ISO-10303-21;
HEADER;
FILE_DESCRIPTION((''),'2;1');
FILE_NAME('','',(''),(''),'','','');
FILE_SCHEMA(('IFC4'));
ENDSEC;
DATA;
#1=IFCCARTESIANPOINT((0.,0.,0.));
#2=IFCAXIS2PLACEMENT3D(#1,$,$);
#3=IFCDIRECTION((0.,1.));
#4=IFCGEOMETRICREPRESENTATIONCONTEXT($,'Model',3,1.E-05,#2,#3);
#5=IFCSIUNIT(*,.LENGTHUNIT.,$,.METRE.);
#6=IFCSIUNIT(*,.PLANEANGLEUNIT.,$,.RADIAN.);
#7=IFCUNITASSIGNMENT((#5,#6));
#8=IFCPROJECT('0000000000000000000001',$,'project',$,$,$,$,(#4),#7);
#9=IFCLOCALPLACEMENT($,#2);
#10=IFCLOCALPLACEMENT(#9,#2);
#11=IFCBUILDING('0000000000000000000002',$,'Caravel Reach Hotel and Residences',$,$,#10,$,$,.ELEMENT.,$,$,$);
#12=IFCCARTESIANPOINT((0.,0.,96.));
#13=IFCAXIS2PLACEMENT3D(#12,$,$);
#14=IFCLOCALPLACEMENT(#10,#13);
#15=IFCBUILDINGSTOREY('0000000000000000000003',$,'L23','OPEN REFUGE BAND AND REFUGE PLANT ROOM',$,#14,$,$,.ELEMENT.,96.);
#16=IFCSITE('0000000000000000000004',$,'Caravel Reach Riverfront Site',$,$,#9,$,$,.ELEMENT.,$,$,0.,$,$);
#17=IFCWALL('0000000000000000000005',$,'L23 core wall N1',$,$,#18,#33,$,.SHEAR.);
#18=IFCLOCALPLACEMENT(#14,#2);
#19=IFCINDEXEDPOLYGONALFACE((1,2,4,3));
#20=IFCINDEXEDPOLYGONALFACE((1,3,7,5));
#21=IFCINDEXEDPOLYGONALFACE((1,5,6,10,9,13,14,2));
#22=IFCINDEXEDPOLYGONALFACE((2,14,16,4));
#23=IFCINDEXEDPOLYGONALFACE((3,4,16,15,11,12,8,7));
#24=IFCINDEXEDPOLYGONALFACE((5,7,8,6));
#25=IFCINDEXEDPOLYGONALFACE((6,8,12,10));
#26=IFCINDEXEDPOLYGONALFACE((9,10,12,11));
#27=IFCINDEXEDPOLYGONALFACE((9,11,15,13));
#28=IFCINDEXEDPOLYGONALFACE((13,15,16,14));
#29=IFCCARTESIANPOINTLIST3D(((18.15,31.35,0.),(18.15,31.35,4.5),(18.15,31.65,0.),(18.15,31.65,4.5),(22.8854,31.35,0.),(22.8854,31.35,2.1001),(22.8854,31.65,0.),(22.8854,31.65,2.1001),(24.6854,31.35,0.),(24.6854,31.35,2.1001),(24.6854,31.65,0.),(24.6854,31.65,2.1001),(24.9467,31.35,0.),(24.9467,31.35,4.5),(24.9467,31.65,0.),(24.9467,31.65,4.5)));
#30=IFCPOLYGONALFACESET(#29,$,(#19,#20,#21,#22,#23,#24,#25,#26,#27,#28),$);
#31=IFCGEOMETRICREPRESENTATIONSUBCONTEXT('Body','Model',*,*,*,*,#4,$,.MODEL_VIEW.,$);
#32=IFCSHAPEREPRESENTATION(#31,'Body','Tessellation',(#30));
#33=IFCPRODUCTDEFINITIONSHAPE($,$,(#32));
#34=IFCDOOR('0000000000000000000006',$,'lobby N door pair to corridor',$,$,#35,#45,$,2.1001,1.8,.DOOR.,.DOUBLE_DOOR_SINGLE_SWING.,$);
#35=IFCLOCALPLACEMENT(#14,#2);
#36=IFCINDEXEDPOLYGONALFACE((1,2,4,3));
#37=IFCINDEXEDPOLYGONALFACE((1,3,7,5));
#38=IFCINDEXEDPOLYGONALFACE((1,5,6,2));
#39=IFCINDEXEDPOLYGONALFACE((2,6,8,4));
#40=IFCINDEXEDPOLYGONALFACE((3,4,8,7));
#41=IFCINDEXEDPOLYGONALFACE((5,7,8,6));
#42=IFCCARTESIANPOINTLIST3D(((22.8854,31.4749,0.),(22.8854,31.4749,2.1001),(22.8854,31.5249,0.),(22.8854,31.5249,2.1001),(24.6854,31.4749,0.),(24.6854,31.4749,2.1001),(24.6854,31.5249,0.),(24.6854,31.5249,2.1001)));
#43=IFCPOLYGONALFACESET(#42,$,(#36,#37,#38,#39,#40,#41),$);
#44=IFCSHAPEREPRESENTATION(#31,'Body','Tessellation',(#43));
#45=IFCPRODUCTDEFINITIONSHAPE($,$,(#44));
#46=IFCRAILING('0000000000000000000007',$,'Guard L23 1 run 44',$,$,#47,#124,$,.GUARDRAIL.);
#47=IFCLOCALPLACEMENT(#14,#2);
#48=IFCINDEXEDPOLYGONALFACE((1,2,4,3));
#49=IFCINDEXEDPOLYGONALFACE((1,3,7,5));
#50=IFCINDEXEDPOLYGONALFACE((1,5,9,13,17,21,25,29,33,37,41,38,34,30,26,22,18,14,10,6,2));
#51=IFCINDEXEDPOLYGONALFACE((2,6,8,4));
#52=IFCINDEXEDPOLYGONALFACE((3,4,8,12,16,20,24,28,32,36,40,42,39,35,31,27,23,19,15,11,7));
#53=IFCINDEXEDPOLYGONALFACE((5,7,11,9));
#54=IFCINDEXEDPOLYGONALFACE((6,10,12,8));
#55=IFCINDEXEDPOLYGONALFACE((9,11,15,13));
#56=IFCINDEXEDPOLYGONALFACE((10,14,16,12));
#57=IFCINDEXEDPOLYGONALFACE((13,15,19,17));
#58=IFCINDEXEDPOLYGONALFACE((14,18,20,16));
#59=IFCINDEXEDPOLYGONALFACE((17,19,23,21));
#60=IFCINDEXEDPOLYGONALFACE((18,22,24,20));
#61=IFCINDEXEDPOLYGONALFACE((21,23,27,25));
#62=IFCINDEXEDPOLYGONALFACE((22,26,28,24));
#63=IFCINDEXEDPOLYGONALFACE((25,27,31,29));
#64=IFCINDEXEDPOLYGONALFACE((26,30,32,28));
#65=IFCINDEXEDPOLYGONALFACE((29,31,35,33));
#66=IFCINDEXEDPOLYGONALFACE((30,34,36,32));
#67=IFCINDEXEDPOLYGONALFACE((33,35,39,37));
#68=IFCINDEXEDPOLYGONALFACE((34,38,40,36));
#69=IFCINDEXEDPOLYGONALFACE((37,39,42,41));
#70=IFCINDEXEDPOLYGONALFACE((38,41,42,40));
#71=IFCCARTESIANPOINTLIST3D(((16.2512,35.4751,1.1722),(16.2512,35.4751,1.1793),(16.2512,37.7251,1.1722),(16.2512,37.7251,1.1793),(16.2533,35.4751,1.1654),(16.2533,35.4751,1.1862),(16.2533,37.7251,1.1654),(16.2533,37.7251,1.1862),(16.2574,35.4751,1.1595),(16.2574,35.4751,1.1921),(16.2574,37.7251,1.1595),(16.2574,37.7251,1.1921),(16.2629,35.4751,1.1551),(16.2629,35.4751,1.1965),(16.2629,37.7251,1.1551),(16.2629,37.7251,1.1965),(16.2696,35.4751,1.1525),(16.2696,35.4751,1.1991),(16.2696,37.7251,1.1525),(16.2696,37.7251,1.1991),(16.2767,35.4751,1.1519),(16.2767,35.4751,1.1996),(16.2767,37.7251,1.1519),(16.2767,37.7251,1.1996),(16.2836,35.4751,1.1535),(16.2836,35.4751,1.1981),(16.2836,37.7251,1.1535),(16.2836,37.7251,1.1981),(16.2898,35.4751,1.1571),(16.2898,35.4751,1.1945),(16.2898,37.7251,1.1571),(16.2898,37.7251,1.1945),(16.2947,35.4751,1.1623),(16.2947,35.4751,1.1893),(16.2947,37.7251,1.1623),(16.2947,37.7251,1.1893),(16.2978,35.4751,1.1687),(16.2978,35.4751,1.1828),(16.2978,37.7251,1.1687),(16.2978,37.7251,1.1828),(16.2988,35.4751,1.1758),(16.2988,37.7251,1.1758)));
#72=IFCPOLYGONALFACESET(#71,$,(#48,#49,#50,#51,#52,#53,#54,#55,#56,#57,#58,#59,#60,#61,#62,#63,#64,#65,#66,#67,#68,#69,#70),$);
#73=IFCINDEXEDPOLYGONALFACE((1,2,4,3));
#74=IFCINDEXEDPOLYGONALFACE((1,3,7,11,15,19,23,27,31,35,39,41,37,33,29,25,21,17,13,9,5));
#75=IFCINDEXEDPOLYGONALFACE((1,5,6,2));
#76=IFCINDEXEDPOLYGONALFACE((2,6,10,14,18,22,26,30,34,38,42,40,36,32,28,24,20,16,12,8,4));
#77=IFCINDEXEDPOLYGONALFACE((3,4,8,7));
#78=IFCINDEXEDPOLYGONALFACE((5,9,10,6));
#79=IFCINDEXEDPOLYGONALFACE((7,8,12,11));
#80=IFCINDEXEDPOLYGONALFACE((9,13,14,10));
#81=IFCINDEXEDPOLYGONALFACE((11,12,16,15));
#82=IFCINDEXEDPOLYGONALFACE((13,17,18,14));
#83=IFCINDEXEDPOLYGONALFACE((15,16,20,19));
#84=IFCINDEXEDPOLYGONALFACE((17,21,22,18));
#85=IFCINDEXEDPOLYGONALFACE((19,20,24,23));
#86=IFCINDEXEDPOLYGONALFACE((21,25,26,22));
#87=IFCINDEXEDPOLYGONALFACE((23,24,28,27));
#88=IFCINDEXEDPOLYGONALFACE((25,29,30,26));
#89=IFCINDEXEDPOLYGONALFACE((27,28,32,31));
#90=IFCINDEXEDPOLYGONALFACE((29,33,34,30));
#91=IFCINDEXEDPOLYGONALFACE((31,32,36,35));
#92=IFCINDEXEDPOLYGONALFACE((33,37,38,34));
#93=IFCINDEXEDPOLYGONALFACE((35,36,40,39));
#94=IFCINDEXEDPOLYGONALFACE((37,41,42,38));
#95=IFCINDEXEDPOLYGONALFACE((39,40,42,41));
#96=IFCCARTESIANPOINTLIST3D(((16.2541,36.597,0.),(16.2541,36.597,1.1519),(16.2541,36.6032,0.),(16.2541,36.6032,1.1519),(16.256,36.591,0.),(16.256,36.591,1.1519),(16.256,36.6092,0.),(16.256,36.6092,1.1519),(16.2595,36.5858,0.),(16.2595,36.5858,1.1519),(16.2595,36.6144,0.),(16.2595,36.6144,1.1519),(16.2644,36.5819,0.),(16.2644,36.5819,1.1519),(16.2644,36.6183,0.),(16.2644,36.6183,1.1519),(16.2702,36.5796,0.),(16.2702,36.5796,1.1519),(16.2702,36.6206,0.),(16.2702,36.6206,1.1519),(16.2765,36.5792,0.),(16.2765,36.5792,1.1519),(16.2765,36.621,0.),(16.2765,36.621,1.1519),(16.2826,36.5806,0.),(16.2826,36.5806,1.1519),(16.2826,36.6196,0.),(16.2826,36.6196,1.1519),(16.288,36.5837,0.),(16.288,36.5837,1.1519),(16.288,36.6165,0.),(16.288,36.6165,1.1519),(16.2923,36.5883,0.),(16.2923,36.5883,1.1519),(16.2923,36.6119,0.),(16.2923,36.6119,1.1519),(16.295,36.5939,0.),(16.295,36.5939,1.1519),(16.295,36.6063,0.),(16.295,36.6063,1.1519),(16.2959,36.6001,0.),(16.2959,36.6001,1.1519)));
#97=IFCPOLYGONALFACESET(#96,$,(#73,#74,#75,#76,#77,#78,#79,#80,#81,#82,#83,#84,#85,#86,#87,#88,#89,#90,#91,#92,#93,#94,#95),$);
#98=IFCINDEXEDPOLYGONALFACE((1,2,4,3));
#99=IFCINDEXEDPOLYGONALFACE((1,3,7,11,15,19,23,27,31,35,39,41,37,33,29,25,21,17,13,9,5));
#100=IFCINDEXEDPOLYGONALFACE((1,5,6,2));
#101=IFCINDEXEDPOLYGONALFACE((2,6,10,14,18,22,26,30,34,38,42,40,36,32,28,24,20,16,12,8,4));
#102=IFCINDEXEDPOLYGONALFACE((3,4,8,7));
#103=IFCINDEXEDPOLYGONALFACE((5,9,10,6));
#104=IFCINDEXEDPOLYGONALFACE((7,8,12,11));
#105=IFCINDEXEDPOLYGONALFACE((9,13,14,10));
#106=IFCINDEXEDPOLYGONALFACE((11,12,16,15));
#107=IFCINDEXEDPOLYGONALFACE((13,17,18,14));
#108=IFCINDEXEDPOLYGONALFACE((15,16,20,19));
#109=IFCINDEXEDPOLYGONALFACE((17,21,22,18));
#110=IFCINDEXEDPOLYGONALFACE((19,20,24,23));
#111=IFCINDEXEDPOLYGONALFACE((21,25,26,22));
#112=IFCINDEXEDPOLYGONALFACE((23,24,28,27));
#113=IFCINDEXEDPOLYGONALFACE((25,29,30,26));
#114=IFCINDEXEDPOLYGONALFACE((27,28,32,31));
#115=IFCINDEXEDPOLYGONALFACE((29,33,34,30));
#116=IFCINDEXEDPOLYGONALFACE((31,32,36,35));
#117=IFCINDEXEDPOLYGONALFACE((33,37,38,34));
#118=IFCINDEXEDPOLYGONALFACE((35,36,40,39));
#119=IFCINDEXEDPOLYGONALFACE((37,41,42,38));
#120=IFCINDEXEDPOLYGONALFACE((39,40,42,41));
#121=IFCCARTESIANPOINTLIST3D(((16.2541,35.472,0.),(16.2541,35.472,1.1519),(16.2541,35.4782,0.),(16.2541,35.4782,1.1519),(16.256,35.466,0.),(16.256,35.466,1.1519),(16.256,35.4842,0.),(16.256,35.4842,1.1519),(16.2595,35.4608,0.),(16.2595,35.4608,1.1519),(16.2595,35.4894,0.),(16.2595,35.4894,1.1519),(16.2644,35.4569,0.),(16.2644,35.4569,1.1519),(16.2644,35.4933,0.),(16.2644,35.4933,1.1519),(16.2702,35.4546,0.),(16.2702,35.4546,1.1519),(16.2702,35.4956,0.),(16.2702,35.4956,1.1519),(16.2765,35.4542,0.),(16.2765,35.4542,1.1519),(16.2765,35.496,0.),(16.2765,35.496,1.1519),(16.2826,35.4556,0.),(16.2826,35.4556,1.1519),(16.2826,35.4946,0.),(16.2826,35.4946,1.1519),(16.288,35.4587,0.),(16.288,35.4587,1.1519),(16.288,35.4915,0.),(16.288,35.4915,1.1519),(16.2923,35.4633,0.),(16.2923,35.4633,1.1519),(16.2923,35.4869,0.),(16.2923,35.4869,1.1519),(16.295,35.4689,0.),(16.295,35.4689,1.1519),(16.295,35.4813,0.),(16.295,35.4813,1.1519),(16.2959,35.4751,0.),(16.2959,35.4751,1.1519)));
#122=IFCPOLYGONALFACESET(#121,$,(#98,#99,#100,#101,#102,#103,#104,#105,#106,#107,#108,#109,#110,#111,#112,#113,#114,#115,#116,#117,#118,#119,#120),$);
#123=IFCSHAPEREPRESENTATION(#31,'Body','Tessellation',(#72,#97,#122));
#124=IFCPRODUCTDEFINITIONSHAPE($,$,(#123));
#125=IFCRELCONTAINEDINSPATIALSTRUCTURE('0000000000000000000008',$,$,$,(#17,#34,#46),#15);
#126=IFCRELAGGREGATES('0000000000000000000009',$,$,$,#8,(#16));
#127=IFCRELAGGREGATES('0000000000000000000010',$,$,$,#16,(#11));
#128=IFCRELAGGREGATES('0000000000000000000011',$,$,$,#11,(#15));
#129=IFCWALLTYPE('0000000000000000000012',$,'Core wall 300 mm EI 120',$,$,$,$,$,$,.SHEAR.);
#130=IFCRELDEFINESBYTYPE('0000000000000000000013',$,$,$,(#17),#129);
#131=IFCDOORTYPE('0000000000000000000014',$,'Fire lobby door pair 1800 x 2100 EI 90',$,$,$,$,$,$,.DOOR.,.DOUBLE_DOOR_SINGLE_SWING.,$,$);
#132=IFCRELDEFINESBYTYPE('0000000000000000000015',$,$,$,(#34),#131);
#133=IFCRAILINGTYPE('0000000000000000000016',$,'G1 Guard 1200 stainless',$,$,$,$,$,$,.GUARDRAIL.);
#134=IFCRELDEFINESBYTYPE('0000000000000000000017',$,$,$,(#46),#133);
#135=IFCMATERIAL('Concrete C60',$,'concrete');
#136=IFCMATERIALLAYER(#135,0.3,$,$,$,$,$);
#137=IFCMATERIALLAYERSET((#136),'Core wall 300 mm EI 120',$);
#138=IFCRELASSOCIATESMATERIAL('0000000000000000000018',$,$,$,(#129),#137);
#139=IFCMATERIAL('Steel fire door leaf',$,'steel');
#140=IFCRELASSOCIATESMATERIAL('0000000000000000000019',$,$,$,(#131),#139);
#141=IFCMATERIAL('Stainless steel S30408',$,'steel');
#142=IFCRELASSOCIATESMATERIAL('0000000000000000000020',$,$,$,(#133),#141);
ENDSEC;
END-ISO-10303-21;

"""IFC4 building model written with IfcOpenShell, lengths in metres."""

from ifc_helpers import new_model, si_unit, direction, frame, frame_2d, origin, origin_2d, place, context, subcontext, project, spatial, rectangle, circle, extrude, material, layer, layer_set, type_object, element, fill, save


model = new_model("IFC4")

# Units and contexts
model_context = context("Model", 3, precision=1e-05, world=origin(), true_north=direction((0.0, 1.0)))
body_context = subcontext(model_context, "Body", "Model", "MODEL_VIEW")
ifc_project = project(units=[si_unit("LENGTHUNIT", "METRE"), si_unit("PLANEANGLEUNIT", "RADIAN")], contexts=[model_context])

# Site, building, storey
site_placement = place(None, origin())
site = spatial("IfcSite", under=ifc_project, at=site_placement, Name="Caravel Reach Riverfront Site", CompositionType="ELEMENT", RefElevation=0.0)
building_placement = place(site_placement, origin())
building = spatial("IfcBuilding", under=site, at=building_placement, Name="Caravel Reach Hotel and Residences", CompositionType="ELEMENT")
storey_placement = place(building_placement, frame((0.0, 0.0, 96.0)))
storey = spatial("IfcBuildingStorey", under=building, at=storey_placement, Name="L23", Description="OPEN REFUGE BAND AND REFUGE PLANT ROOM", CompositionType="ELEMENT", Elevation=96.0)

# Wall, opening, door
ifc_material_1 = material(Name="Concrete C60", Category="concrete")
ifc_layer_1 = layer(ifc_material_1, 0.3)
ifc_layer_set_1 = layer_set([ifc_layer_1], Name="Core wall 300 mm EI 120")
wall_type_1 = type_object("IfcWallType", Name="Core wall 300 mm EI 120", PredefinedType="SHEAR", material=ifc_layer_set_1)
wall_1_placement = place(storey_placement, frame((18.1499, 31.5, 0.0), z_axis=(0.0, 0.0, 1.0), x_axis=(1.0, 0.0, 0.0)))
wall_1 = element("IfcWall", 1, at=wall_1_placement, inside=storey, type_object=wall_type_1, Name="L23 core wall N1", PredefinedType="SHEAR", context=body_context, shape_type="SweptSolid", body=[
    extrude(rectangle(XDim=6.7966, YDim=0.3, at=frame_2d((3.3984, 0.0))), origin(), (0.0, 0.0, 1.0), 4.5),
])
opening_placement = place(wall_1_placement, frame((4.7356, 0.0, 0.0)))
opening = element("IfcOpeningElement", 2, at=opening_placement, cuts=wall_1, PredefinedType="OPENING", context=body_context, shape_type="SweptSolid", body=[
    extrude(rectangle(XDim=1.8, YDim=2.1001, at=frame_2d((0.8999, 1.05))), frame((0.0, 0.1599, 0.0), z_axis=(0.0, -1.0, 0.0), x_axis=(1.0, 0.0, 0.0)), (0.0, 0.0, 1.0), 0.3201),
])
ifc_material_2 = material(Name="Steel fire door leaf", Category="steel")
door_type = type_object("IfcDoorType", Name="Fire lobby door pair 1800 x 2100 EI 90", OperationType="DOUBLE_DOOR_SINGLE_SWING", PredefinedType="DOOR", material=ifc_material_2)
door_placement = place(opening_placement, origin())
door = element("IfcDoor", 3, at=door_placement, inside=storey, type_object=door_type, Name="lobby N door pair to corridor", OperationType="DOUBLE_DOOR_SINGLE_SWING", OverallHeight=2.1001, OverallWidth=1.8, PredefinedType="DOOR", context=body_context, shape_type="SweptSolid", body=[
    extrude(rectangle(XDim=1.8, YDim=2.1001, at=frame_2d((0.8999, 1.05))), frame((0.0, 0.0249, 0.0), z_axis=(0.0, -1.0, 0.0), x_axis=(1.0, 0.0, 0.0)), (0.0, 0.0, 1.0), 0.05),
])
fill(opening, door)

# Railing
ifc_material_3 = material(Name="Stainless steel S30408", Category="steel")
railing_type = type_object("IfcRailingType", Name="G1 Guard 1200 stainless", PredefinedType="GUARDRAIL", material=ifc_material_3)
railing_1_placement = place(storey_placement, frame((16.2749, 37.7251, 0.0)))
element("IfcRailing", 4, at=railing_1_placement, inside=storey, type_object=railing_type, Name="Guard L23 1 run 44", PredefinedType="GUARDRAIL", context=body_context, shape_type="SweptSolid", body=[
    extrude(circle(Radius=0.0239, at=origin_2d()), frame((0.0, 0.0, 1.1758), z_axis=(0.0, -1.0, 0.0), x_axis=(1.0, 0.0, 0.0)), (0.0, 0.0, 1.0), 2.25),
    extrude(circle(Radius=0.021, at=origin_2d()), frame((0.0, -1.125, 0.0)), (0.0, 0.0, 1.0), 1.1519),
    extrude(circle(Radius=0.021, at=origin_2d()), frame((0.0, -2.25, 0.0)), (0.0, 0.0, 1.0), 1.1519),
])

save(model, "model.ifc")
